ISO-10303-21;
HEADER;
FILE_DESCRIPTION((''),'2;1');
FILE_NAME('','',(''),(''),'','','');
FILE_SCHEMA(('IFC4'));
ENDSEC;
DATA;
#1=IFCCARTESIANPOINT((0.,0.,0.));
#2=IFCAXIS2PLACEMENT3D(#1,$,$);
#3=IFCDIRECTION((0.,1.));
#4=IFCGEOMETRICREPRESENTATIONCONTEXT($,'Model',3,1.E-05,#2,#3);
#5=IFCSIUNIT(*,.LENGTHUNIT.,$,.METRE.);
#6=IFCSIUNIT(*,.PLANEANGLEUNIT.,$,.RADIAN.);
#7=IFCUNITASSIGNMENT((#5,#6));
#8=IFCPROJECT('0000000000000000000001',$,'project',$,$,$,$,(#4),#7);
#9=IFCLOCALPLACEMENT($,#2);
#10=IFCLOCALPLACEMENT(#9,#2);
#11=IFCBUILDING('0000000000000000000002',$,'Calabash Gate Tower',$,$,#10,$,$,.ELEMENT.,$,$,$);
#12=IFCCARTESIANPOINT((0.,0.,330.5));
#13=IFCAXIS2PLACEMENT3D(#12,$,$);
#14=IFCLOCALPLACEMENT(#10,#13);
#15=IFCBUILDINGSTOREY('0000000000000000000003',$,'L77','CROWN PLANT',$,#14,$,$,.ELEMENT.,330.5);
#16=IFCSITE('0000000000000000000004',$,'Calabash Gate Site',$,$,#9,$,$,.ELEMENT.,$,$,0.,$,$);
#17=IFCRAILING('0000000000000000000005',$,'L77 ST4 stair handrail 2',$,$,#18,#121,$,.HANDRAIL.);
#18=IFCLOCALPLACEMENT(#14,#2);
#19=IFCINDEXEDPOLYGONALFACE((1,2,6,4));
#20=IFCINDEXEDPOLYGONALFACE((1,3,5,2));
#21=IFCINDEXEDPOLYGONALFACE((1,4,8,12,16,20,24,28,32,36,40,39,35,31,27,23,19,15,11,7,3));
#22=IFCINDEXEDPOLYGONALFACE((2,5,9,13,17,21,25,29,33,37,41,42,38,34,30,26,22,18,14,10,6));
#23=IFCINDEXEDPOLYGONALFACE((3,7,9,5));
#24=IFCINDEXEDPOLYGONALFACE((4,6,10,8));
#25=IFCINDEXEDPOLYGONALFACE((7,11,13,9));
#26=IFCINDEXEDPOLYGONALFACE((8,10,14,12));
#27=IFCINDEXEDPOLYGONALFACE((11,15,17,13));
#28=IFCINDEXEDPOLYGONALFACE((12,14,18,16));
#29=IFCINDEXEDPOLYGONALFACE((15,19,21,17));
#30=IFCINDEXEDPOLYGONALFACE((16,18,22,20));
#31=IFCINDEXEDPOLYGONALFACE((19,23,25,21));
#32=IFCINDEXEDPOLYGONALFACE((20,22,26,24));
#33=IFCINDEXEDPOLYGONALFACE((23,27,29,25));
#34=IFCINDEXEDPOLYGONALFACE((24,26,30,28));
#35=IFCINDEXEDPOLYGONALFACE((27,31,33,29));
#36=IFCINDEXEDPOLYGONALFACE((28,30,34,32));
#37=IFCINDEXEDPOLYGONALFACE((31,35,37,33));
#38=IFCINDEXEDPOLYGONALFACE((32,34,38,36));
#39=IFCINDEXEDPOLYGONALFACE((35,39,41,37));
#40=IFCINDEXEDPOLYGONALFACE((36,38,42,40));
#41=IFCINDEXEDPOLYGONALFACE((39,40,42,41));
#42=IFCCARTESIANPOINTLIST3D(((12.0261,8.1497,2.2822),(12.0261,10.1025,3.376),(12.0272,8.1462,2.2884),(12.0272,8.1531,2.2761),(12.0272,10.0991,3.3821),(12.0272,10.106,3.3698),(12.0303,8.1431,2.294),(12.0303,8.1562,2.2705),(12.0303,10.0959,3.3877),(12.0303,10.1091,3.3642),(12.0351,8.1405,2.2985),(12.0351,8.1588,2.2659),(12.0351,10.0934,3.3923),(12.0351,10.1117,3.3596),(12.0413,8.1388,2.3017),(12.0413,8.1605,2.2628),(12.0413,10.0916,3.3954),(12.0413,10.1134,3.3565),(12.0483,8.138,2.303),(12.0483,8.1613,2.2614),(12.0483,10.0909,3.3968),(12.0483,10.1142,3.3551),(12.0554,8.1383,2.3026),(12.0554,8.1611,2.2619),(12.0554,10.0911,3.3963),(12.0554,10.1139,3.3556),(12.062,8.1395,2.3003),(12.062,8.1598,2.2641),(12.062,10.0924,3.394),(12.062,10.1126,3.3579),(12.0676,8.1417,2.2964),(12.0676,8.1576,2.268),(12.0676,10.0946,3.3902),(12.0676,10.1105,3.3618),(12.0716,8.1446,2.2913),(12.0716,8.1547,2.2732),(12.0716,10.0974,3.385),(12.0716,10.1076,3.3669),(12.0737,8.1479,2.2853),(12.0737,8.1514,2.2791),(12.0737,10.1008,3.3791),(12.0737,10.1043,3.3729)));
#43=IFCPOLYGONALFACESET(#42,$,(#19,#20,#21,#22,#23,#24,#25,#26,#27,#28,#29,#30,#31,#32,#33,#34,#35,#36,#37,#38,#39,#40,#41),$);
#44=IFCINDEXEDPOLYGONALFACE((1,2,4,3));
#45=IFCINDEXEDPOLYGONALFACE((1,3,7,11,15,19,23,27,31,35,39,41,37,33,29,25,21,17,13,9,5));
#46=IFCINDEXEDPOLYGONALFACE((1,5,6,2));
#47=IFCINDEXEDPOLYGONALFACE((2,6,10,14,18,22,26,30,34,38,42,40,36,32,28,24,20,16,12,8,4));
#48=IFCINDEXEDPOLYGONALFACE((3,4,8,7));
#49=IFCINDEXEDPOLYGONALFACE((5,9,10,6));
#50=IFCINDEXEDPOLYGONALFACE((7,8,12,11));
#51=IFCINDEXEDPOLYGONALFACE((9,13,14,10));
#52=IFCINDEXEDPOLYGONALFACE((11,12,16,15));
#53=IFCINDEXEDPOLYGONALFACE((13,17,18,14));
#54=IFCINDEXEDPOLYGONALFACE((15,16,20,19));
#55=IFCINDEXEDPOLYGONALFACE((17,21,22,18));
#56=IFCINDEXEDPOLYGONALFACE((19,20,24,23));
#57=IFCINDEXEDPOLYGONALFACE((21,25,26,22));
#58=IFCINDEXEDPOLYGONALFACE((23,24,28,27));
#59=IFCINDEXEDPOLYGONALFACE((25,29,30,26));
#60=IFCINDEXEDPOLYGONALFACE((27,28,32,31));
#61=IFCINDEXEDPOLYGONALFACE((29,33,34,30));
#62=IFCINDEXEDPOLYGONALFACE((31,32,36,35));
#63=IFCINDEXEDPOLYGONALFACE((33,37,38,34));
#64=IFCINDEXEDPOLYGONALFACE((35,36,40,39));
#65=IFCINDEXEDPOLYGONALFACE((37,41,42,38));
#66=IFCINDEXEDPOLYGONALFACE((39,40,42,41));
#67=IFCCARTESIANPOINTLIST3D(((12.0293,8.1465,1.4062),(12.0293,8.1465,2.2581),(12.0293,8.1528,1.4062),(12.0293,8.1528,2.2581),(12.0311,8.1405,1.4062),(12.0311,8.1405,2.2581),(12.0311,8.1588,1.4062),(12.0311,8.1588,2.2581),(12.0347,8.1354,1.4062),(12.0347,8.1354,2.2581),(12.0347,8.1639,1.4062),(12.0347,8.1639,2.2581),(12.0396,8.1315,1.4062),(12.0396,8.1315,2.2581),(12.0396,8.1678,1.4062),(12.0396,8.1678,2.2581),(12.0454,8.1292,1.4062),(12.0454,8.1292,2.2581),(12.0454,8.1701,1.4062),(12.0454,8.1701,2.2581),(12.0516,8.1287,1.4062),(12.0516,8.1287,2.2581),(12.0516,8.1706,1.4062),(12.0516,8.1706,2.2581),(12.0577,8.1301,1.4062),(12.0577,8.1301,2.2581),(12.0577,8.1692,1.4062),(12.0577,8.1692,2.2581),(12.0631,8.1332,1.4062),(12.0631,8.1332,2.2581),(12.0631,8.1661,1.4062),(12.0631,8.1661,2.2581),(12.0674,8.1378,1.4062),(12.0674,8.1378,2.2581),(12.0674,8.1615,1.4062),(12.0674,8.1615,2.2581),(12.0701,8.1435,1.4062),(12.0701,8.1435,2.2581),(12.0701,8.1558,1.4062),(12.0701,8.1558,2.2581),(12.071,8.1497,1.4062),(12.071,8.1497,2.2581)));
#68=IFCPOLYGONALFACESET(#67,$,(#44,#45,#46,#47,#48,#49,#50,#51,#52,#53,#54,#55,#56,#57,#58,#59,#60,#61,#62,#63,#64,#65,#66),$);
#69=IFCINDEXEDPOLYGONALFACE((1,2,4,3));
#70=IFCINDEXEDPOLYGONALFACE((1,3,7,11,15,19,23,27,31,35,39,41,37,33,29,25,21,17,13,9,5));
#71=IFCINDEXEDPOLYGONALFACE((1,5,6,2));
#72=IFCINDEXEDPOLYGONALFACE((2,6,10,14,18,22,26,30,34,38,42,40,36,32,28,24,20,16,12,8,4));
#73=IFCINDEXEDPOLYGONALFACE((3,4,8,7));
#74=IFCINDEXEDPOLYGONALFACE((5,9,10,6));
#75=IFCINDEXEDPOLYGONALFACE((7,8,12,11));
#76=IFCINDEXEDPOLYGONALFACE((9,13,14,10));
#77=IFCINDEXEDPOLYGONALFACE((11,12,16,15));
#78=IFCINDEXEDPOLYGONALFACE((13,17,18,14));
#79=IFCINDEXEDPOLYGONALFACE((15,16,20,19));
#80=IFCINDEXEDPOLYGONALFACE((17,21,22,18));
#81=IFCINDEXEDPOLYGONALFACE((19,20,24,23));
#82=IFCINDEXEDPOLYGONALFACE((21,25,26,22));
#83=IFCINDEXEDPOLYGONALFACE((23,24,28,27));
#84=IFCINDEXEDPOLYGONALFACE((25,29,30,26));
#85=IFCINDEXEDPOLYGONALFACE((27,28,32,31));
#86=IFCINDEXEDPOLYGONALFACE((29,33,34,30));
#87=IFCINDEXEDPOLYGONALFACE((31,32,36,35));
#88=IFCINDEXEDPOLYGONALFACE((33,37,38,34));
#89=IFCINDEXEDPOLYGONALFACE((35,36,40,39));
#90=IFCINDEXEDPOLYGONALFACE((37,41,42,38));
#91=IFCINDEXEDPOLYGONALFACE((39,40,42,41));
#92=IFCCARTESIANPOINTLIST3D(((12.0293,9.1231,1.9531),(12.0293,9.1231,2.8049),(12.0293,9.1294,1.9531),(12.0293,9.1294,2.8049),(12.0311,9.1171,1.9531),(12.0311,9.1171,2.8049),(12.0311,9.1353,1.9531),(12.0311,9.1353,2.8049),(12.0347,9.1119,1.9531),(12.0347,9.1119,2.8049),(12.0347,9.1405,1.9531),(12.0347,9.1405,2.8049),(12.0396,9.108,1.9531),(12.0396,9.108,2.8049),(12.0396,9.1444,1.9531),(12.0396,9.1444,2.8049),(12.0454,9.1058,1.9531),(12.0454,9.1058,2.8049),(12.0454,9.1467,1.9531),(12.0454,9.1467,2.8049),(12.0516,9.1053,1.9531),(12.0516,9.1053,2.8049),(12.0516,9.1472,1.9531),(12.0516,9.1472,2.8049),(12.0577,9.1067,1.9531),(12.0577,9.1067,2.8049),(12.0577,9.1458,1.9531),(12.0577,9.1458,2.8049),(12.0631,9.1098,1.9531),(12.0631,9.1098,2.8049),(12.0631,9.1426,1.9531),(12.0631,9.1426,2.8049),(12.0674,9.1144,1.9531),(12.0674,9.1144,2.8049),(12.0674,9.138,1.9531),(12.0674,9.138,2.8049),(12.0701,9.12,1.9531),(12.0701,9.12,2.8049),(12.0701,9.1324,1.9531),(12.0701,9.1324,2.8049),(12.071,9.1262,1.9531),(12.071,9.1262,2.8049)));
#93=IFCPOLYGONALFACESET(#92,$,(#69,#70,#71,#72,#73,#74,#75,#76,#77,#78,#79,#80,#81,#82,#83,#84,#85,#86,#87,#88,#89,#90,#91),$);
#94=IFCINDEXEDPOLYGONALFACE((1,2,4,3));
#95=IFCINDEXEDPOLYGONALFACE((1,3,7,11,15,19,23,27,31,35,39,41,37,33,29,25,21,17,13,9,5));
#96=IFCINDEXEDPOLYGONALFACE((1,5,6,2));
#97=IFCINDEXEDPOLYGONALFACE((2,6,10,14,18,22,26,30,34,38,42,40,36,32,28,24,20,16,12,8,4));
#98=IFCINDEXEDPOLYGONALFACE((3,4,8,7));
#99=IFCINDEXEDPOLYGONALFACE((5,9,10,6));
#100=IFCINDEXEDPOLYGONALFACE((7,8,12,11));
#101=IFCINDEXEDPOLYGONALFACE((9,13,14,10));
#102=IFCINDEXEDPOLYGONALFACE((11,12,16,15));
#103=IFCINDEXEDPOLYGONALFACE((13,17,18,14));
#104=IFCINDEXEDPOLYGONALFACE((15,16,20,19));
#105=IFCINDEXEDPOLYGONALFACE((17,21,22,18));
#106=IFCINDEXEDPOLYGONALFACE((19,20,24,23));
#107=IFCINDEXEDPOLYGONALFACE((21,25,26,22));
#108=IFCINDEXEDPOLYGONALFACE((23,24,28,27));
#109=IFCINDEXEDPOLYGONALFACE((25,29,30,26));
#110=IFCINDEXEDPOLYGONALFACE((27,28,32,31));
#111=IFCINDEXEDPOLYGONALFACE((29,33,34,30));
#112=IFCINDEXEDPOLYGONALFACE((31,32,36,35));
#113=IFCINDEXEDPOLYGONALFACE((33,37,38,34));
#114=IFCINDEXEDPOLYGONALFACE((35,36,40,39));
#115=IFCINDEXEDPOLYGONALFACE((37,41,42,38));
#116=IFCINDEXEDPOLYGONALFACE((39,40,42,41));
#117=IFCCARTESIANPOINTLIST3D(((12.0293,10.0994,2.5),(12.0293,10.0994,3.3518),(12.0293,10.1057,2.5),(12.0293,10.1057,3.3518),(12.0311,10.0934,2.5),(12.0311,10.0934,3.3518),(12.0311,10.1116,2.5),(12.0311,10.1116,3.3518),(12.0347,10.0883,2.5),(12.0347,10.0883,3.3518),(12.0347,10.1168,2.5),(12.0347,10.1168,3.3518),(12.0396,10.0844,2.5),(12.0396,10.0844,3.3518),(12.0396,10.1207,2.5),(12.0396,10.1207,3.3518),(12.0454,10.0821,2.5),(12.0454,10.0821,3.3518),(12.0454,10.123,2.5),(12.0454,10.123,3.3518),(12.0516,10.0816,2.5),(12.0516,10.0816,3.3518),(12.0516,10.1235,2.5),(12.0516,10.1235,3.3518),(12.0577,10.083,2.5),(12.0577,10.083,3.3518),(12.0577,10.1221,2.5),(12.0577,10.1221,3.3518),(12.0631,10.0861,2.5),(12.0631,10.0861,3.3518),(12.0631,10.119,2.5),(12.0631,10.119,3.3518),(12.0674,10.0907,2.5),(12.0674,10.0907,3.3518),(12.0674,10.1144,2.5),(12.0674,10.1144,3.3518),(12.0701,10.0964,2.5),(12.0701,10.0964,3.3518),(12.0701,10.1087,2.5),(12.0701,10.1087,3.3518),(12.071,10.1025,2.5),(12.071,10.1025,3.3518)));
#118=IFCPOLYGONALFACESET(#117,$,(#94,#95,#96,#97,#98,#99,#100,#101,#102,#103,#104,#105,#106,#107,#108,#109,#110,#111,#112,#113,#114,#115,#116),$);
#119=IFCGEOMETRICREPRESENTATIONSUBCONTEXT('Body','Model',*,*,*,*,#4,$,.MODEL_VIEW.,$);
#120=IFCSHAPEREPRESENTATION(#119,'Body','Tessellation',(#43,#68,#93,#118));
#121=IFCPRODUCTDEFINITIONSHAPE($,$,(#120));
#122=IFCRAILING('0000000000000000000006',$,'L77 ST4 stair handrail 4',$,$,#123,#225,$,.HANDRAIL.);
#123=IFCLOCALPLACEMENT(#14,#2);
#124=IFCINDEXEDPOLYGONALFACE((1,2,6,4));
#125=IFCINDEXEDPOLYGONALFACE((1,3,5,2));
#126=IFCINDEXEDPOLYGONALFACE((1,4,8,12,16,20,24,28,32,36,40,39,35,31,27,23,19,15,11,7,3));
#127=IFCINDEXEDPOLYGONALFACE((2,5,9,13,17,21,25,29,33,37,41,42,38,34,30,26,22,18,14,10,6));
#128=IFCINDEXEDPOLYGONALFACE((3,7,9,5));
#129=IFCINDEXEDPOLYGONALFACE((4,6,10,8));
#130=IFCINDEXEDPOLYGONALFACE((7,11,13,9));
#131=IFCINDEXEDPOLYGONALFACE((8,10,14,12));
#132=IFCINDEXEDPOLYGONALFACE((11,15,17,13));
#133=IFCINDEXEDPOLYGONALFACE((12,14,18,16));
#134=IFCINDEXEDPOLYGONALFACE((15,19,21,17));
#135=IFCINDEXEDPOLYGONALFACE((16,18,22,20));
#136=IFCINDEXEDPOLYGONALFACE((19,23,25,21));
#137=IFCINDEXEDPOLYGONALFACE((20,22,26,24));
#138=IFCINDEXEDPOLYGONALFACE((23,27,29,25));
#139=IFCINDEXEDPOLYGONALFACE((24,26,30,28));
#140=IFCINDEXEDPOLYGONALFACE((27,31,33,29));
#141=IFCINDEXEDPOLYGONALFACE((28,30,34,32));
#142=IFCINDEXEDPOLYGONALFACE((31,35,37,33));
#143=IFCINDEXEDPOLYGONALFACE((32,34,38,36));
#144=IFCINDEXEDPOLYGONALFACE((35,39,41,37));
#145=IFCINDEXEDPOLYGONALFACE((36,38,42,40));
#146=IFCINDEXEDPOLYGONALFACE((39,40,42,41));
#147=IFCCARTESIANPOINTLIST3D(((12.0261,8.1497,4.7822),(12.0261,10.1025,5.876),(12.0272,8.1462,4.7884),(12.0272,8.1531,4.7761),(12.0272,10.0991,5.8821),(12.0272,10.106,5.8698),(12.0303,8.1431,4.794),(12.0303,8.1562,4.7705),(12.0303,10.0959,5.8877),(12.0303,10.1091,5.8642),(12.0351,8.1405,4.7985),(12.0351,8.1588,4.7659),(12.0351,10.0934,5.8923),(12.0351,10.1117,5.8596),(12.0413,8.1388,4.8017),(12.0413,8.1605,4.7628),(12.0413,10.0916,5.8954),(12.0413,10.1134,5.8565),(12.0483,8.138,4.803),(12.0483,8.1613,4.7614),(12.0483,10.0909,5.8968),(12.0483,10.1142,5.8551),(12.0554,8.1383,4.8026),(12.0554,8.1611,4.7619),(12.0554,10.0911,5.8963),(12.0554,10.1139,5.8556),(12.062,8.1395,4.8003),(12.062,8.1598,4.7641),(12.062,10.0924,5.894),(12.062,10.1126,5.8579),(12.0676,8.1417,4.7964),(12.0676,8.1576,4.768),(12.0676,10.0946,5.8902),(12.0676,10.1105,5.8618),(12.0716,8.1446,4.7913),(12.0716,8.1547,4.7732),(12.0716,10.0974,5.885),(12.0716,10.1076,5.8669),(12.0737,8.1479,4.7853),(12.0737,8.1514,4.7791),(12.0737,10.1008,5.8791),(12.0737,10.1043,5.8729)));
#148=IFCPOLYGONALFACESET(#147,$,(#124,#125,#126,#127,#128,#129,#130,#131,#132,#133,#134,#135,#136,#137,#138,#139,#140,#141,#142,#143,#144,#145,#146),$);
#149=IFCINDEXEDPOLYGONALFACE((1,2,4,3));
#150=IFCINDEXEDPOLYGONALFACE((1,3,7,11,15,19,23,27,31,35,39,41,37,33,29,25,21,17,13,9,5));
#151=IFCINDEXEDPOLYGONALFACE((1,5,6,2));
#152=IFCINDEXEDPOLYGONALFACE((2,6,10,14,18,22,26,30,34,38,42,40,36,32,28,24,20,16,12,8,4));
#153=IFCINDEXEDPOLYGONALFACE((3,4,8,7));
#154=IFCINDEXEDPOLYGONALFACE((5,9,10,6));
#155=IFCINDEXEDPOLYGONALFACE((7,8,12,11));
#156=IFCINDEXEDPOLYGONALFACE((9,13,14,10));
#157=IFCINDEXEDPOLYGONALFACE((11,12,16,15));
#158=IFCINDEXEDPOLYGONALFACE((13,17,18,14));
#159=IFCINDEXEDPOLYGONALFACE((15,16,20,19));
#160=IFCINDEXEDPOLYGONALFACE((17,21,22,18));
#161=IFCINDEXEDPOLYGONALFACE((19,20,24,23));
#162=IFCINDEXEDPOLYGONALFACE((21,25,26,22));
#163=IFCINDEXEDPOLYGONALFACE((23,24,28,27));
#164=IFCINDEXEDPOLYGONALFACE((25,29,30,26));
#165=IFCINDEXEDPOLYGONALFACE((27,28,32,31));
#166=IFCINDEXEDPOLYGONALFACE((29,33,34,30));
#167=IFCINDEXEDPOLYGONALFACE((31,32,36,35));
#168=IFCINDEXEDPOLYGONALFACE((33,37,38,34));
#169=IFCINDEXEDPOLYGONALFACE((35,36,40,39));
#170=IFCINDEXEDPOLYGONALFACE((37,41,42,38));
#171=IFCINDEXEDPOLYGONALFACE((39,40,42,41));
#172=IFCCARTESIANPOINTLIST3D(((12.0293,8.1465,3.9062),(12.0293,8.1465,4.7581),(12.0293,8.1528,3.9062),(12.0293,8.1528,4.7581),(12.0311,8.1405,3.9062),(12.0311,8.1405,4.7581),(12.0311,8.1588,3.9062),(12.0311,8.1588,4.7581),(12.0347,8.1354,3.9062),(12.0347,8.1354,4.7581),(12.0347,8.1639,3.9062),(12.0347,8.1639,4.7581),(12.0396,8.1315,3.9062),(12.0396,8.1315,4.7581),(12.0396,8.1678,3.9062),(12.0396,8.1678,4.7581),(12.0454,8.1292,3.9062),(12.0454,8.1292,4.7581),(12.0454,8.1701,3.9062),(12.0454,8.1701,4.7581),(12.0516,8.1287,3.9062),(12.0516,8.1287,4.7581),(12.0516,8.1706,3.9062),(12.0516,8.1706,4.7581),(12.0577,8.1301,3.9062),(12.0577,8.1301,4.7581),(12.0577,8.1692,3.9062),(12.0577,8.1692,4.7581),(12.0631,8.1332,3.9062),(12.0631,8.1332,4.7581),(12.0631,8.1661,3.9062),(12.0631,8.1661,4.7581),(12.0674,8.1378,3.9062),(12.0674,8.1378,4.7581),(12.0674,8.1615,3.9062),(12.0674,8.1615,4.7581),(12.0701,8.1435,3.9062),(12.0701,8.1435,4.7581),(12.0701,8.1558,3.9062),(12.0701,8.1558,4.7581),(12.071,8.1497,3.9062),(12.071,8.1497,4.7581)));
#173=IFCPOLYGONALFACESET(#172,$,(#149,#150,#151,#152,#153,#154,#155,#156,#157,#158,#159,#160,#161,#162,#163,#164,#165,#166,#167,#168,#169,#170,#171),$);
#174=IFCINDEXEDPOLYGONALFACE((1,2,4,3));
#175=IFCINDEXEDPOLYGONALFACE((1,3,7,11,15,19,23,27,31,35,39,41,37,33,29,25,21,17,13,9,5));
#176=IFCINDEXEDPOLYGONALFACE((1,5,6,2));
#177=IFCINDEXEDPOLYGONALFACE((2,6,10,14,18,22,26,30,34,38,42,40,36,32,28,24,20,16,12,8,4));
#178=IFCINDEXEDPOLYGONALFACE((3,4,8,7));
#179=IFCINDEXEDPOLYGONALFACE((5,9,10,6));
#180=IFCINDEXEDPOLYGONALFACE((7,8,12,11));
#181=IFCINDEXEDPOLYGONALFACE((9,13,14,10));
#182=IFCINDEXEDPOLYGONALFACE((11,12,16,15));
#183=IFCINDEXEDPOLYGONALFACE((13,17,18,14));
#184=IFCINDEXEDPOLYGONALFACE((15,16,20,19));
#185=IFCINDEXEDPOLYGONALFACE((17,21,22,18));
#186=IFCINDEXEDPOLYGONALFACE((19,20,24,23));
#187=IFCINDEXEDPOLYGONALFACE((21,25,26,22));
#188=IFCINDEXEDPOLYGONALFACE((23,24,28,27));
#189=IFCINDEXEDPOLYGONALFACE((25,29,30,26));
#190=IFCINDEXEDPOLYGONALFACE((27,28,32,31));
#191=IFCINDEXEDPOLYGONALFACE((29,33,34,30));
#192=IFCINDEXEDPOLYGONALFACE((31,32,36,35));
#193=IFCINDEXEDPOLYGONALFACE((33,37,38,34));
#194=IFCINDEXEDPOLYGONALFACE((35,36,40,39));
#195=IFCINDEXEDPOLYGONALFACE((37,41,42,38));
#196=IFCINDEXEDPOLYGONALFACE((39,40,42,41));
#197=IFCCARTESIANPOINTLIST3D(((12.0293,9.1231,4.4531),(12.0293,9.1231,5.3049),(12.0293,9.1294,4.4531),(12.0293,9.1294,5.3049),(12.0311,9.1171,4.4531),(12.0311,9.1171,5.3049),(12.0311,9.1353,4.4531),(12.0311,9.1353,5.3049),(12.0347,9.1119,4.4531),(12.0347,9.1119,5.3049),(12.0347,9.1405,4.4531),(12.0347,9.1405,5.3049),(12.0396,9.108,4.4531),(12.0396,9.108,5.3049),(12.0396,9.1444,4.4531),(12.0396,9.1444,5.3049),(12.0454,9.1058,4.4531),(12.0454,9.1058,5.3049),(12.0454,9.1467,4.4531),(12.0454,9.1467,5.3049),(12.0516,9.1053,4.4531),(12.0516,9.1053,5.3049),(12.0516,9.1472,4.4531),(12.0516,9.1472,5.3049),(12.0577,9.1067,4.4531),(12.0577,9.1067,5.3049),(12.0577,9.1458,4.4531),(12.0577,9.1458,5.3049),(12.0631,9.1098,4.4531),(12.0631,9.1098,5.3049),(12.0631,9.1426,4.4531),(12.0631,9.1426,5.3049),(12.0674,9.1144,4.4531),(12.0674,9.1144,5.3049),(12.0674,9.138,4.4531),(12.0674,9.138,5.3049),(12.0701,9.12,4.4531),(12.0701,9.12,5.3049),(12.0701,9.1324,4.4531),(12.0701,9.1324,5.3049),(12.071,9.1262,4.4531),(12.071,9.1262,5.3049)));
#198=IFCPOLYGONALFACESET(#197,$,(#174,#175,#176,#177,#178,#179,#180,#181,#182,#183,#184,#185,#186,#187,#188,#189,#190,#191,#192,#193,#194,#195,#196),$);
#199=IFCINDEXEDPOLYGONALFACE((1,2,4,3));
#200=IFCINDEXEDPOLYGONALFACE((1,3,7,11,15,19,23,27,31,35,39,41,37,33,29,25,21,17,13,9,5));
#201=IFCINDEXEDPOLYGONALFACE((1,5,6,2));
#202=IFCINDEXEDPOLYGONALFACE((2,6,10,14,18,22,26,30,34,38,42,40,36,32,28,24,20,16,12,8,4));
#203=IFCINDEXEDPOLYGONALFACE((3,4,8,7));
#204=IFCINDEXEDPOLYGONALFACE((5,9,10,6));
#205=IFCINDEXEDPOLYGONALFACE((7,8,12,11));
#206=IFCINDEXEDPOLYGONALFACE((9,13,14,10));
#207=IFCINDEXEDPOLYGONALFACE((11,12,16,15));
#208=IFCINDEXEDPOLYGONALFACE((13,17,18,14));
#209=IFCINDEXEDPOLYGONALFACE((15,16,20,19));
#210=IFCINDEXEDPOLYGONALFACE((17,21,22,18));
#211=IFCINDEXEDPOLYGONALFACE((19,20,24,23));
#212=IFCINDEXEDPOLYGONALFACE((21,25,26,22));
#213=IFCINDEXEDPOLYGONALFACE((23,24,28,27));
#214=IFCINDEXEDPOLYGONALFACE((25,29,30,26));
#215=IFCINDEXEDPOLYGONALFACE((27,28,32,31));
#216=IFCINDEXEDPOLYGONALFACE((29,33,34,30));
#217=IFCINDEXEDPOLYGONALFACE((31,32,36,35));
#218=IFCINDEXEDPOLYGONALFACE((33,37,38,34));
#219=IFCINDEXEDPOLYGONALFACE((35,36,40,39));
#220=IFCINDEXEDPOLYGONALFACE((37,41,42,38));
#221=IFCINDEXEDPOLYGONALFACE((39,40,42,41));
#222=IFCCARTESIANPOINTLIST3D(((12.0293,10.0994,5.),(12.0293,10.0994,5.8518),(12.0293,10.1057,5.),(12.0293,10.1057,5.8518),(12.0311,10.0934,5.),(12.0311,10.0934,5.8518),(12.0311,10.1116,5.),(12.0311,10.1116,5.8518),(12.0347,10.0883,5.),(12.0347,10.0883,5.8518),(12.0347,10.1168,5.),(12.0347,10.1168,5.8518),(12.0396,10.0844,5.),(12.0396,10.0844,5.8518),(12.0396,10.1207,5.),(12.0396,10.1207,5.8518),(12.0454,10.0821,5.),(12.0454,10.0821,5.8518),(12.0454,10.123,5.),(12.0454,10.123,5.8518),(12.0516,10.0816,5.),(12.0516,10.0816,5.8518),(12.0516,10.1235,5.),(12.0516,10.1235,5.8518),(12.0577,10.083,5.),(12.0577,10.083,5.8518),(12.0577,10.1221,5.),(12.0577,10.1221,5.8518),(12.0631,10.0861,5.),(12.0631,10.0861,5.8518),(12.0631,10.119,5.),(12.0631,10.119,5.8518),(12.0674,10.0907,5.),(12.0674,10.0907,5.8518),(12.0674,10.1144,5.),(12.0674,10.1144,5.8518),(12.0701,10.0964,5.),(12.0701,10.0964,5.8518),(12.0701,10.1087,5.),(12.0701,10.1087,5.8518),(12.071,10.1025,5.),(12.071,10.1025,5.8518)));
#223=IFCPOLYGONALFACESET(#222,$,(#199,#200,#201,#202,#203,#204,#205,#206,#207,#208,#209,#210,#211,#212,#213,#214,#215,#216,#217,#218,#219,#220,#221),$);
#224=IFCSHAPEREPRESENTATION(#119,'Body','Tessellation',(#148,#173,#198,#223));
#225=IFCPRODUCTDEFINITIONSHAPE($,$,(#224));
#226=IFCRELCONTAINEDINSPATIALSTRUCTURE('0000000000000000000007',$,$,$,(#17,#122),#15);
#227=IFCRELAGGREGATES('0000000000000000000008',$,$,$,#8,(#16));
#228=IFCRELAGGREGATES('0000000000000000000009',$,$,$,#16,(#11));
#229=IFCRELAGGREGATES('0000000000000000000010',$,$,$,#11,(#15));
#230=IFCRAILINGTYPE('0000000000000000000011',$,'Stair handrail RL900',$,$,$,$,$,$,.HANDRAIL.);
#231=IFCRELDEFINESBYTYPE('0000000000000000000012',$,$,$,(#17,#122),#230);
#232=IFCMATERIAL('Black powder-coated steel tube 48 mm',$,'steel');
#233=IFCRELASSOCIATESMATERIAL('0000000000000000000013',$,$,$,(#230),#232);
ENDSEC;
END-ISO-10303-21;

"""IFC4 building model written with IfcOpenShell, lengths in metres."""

from ifc_helpers import new_model, si_unit, direction, frame, origin, origin_2d, place, context, subcontext, project, spatial, circle, extrude, material, type_object, element, save


model = new_model("IFC4")

# Units and contexts
model_context = context("Model", 3, precision=1e-05, world=origin(), true_north=direction((0.0, 1.0)))
body_context = subcontext(model_context, "Body", "Model", "MODEL_VIEW")
ifc_project = project(units=[si_unit("LENGTHUNIT", "METRE"), si_unit("PLANEANGLEUNIT", "RADIAN")], contexts=[model_context])

# Site, building, storey
site_placement = place(None, origin())
site = spatial("IfcSite", under=ifc_project, at=site_placement, Name="Calabash Gate Site", CompositionType="ELEMENT", RefElevation=0.0)
building_placement = place(site_placement, origin())
building = spatial("IfcBuilding", under=site, at=building_placement, Name="Calabash Gate Tower", CompositionType="ELEMENT")
storey_placement = place(building_placement, frame((0.0, 0.0, 330.5)))
storey = spatial("IfcBuildingStorey", under=building, at=storey_placement, Name="L77", Description="CROWN PLANT", CompositionType="ELEMENT", Elevation=330.5)

# Railings
ifc_material_1 = material(Name="Black powder-coated steel tube 48 mm", Category="steel")
railing_type = type_object("IfcRailingType", Name="Stair handrail RL900", PredefinedType="HANDRAIL", material=ifc_material_1)
for number, where, name in (
    (1, (12.05, 8.1497, 1.4062), "L77 ST4 stair handrail 2"),
    (2, (12.05, 8.1497, 3.9062), "L77 ST4 stair handrail 4"),
):
    element("IfcRailing", number, at=place(storey_placement, frame(where)), inside=storey, type_object=railing_type, Name=name, PredefinedType="HANDRAIL", context=body_context, shape_type="SweptSolid", body=[
        extrude(circle(Radius=0.0239, at=origin_2d()), frame((0.0, 0.0, 0.876), z_axis=(0.0, 0.87248, 0.48865), x_axis=(-1.0, 0.0, 0.0)), (0.0, 0.0, 1.0), 2.2383),
        extrude(circle(Radius=0.021, at=origin_2d()), origin(), (0.0, 0.0, 1.0), 0.8518),
        extrude(circle(Radius=0.021, at=origin_2d()), frame((0.0, 0.9766, 0.5469)), (0.0, 0.0, 1.0), 0.8518),
        extrude(circle(Radius=0.021, at=origin_2d()), frame((0.0, 1.9529, 1.0938)), (0.0, 0.0, 1.0), 0.8518),
    ])

save(model, "model.ifc")
